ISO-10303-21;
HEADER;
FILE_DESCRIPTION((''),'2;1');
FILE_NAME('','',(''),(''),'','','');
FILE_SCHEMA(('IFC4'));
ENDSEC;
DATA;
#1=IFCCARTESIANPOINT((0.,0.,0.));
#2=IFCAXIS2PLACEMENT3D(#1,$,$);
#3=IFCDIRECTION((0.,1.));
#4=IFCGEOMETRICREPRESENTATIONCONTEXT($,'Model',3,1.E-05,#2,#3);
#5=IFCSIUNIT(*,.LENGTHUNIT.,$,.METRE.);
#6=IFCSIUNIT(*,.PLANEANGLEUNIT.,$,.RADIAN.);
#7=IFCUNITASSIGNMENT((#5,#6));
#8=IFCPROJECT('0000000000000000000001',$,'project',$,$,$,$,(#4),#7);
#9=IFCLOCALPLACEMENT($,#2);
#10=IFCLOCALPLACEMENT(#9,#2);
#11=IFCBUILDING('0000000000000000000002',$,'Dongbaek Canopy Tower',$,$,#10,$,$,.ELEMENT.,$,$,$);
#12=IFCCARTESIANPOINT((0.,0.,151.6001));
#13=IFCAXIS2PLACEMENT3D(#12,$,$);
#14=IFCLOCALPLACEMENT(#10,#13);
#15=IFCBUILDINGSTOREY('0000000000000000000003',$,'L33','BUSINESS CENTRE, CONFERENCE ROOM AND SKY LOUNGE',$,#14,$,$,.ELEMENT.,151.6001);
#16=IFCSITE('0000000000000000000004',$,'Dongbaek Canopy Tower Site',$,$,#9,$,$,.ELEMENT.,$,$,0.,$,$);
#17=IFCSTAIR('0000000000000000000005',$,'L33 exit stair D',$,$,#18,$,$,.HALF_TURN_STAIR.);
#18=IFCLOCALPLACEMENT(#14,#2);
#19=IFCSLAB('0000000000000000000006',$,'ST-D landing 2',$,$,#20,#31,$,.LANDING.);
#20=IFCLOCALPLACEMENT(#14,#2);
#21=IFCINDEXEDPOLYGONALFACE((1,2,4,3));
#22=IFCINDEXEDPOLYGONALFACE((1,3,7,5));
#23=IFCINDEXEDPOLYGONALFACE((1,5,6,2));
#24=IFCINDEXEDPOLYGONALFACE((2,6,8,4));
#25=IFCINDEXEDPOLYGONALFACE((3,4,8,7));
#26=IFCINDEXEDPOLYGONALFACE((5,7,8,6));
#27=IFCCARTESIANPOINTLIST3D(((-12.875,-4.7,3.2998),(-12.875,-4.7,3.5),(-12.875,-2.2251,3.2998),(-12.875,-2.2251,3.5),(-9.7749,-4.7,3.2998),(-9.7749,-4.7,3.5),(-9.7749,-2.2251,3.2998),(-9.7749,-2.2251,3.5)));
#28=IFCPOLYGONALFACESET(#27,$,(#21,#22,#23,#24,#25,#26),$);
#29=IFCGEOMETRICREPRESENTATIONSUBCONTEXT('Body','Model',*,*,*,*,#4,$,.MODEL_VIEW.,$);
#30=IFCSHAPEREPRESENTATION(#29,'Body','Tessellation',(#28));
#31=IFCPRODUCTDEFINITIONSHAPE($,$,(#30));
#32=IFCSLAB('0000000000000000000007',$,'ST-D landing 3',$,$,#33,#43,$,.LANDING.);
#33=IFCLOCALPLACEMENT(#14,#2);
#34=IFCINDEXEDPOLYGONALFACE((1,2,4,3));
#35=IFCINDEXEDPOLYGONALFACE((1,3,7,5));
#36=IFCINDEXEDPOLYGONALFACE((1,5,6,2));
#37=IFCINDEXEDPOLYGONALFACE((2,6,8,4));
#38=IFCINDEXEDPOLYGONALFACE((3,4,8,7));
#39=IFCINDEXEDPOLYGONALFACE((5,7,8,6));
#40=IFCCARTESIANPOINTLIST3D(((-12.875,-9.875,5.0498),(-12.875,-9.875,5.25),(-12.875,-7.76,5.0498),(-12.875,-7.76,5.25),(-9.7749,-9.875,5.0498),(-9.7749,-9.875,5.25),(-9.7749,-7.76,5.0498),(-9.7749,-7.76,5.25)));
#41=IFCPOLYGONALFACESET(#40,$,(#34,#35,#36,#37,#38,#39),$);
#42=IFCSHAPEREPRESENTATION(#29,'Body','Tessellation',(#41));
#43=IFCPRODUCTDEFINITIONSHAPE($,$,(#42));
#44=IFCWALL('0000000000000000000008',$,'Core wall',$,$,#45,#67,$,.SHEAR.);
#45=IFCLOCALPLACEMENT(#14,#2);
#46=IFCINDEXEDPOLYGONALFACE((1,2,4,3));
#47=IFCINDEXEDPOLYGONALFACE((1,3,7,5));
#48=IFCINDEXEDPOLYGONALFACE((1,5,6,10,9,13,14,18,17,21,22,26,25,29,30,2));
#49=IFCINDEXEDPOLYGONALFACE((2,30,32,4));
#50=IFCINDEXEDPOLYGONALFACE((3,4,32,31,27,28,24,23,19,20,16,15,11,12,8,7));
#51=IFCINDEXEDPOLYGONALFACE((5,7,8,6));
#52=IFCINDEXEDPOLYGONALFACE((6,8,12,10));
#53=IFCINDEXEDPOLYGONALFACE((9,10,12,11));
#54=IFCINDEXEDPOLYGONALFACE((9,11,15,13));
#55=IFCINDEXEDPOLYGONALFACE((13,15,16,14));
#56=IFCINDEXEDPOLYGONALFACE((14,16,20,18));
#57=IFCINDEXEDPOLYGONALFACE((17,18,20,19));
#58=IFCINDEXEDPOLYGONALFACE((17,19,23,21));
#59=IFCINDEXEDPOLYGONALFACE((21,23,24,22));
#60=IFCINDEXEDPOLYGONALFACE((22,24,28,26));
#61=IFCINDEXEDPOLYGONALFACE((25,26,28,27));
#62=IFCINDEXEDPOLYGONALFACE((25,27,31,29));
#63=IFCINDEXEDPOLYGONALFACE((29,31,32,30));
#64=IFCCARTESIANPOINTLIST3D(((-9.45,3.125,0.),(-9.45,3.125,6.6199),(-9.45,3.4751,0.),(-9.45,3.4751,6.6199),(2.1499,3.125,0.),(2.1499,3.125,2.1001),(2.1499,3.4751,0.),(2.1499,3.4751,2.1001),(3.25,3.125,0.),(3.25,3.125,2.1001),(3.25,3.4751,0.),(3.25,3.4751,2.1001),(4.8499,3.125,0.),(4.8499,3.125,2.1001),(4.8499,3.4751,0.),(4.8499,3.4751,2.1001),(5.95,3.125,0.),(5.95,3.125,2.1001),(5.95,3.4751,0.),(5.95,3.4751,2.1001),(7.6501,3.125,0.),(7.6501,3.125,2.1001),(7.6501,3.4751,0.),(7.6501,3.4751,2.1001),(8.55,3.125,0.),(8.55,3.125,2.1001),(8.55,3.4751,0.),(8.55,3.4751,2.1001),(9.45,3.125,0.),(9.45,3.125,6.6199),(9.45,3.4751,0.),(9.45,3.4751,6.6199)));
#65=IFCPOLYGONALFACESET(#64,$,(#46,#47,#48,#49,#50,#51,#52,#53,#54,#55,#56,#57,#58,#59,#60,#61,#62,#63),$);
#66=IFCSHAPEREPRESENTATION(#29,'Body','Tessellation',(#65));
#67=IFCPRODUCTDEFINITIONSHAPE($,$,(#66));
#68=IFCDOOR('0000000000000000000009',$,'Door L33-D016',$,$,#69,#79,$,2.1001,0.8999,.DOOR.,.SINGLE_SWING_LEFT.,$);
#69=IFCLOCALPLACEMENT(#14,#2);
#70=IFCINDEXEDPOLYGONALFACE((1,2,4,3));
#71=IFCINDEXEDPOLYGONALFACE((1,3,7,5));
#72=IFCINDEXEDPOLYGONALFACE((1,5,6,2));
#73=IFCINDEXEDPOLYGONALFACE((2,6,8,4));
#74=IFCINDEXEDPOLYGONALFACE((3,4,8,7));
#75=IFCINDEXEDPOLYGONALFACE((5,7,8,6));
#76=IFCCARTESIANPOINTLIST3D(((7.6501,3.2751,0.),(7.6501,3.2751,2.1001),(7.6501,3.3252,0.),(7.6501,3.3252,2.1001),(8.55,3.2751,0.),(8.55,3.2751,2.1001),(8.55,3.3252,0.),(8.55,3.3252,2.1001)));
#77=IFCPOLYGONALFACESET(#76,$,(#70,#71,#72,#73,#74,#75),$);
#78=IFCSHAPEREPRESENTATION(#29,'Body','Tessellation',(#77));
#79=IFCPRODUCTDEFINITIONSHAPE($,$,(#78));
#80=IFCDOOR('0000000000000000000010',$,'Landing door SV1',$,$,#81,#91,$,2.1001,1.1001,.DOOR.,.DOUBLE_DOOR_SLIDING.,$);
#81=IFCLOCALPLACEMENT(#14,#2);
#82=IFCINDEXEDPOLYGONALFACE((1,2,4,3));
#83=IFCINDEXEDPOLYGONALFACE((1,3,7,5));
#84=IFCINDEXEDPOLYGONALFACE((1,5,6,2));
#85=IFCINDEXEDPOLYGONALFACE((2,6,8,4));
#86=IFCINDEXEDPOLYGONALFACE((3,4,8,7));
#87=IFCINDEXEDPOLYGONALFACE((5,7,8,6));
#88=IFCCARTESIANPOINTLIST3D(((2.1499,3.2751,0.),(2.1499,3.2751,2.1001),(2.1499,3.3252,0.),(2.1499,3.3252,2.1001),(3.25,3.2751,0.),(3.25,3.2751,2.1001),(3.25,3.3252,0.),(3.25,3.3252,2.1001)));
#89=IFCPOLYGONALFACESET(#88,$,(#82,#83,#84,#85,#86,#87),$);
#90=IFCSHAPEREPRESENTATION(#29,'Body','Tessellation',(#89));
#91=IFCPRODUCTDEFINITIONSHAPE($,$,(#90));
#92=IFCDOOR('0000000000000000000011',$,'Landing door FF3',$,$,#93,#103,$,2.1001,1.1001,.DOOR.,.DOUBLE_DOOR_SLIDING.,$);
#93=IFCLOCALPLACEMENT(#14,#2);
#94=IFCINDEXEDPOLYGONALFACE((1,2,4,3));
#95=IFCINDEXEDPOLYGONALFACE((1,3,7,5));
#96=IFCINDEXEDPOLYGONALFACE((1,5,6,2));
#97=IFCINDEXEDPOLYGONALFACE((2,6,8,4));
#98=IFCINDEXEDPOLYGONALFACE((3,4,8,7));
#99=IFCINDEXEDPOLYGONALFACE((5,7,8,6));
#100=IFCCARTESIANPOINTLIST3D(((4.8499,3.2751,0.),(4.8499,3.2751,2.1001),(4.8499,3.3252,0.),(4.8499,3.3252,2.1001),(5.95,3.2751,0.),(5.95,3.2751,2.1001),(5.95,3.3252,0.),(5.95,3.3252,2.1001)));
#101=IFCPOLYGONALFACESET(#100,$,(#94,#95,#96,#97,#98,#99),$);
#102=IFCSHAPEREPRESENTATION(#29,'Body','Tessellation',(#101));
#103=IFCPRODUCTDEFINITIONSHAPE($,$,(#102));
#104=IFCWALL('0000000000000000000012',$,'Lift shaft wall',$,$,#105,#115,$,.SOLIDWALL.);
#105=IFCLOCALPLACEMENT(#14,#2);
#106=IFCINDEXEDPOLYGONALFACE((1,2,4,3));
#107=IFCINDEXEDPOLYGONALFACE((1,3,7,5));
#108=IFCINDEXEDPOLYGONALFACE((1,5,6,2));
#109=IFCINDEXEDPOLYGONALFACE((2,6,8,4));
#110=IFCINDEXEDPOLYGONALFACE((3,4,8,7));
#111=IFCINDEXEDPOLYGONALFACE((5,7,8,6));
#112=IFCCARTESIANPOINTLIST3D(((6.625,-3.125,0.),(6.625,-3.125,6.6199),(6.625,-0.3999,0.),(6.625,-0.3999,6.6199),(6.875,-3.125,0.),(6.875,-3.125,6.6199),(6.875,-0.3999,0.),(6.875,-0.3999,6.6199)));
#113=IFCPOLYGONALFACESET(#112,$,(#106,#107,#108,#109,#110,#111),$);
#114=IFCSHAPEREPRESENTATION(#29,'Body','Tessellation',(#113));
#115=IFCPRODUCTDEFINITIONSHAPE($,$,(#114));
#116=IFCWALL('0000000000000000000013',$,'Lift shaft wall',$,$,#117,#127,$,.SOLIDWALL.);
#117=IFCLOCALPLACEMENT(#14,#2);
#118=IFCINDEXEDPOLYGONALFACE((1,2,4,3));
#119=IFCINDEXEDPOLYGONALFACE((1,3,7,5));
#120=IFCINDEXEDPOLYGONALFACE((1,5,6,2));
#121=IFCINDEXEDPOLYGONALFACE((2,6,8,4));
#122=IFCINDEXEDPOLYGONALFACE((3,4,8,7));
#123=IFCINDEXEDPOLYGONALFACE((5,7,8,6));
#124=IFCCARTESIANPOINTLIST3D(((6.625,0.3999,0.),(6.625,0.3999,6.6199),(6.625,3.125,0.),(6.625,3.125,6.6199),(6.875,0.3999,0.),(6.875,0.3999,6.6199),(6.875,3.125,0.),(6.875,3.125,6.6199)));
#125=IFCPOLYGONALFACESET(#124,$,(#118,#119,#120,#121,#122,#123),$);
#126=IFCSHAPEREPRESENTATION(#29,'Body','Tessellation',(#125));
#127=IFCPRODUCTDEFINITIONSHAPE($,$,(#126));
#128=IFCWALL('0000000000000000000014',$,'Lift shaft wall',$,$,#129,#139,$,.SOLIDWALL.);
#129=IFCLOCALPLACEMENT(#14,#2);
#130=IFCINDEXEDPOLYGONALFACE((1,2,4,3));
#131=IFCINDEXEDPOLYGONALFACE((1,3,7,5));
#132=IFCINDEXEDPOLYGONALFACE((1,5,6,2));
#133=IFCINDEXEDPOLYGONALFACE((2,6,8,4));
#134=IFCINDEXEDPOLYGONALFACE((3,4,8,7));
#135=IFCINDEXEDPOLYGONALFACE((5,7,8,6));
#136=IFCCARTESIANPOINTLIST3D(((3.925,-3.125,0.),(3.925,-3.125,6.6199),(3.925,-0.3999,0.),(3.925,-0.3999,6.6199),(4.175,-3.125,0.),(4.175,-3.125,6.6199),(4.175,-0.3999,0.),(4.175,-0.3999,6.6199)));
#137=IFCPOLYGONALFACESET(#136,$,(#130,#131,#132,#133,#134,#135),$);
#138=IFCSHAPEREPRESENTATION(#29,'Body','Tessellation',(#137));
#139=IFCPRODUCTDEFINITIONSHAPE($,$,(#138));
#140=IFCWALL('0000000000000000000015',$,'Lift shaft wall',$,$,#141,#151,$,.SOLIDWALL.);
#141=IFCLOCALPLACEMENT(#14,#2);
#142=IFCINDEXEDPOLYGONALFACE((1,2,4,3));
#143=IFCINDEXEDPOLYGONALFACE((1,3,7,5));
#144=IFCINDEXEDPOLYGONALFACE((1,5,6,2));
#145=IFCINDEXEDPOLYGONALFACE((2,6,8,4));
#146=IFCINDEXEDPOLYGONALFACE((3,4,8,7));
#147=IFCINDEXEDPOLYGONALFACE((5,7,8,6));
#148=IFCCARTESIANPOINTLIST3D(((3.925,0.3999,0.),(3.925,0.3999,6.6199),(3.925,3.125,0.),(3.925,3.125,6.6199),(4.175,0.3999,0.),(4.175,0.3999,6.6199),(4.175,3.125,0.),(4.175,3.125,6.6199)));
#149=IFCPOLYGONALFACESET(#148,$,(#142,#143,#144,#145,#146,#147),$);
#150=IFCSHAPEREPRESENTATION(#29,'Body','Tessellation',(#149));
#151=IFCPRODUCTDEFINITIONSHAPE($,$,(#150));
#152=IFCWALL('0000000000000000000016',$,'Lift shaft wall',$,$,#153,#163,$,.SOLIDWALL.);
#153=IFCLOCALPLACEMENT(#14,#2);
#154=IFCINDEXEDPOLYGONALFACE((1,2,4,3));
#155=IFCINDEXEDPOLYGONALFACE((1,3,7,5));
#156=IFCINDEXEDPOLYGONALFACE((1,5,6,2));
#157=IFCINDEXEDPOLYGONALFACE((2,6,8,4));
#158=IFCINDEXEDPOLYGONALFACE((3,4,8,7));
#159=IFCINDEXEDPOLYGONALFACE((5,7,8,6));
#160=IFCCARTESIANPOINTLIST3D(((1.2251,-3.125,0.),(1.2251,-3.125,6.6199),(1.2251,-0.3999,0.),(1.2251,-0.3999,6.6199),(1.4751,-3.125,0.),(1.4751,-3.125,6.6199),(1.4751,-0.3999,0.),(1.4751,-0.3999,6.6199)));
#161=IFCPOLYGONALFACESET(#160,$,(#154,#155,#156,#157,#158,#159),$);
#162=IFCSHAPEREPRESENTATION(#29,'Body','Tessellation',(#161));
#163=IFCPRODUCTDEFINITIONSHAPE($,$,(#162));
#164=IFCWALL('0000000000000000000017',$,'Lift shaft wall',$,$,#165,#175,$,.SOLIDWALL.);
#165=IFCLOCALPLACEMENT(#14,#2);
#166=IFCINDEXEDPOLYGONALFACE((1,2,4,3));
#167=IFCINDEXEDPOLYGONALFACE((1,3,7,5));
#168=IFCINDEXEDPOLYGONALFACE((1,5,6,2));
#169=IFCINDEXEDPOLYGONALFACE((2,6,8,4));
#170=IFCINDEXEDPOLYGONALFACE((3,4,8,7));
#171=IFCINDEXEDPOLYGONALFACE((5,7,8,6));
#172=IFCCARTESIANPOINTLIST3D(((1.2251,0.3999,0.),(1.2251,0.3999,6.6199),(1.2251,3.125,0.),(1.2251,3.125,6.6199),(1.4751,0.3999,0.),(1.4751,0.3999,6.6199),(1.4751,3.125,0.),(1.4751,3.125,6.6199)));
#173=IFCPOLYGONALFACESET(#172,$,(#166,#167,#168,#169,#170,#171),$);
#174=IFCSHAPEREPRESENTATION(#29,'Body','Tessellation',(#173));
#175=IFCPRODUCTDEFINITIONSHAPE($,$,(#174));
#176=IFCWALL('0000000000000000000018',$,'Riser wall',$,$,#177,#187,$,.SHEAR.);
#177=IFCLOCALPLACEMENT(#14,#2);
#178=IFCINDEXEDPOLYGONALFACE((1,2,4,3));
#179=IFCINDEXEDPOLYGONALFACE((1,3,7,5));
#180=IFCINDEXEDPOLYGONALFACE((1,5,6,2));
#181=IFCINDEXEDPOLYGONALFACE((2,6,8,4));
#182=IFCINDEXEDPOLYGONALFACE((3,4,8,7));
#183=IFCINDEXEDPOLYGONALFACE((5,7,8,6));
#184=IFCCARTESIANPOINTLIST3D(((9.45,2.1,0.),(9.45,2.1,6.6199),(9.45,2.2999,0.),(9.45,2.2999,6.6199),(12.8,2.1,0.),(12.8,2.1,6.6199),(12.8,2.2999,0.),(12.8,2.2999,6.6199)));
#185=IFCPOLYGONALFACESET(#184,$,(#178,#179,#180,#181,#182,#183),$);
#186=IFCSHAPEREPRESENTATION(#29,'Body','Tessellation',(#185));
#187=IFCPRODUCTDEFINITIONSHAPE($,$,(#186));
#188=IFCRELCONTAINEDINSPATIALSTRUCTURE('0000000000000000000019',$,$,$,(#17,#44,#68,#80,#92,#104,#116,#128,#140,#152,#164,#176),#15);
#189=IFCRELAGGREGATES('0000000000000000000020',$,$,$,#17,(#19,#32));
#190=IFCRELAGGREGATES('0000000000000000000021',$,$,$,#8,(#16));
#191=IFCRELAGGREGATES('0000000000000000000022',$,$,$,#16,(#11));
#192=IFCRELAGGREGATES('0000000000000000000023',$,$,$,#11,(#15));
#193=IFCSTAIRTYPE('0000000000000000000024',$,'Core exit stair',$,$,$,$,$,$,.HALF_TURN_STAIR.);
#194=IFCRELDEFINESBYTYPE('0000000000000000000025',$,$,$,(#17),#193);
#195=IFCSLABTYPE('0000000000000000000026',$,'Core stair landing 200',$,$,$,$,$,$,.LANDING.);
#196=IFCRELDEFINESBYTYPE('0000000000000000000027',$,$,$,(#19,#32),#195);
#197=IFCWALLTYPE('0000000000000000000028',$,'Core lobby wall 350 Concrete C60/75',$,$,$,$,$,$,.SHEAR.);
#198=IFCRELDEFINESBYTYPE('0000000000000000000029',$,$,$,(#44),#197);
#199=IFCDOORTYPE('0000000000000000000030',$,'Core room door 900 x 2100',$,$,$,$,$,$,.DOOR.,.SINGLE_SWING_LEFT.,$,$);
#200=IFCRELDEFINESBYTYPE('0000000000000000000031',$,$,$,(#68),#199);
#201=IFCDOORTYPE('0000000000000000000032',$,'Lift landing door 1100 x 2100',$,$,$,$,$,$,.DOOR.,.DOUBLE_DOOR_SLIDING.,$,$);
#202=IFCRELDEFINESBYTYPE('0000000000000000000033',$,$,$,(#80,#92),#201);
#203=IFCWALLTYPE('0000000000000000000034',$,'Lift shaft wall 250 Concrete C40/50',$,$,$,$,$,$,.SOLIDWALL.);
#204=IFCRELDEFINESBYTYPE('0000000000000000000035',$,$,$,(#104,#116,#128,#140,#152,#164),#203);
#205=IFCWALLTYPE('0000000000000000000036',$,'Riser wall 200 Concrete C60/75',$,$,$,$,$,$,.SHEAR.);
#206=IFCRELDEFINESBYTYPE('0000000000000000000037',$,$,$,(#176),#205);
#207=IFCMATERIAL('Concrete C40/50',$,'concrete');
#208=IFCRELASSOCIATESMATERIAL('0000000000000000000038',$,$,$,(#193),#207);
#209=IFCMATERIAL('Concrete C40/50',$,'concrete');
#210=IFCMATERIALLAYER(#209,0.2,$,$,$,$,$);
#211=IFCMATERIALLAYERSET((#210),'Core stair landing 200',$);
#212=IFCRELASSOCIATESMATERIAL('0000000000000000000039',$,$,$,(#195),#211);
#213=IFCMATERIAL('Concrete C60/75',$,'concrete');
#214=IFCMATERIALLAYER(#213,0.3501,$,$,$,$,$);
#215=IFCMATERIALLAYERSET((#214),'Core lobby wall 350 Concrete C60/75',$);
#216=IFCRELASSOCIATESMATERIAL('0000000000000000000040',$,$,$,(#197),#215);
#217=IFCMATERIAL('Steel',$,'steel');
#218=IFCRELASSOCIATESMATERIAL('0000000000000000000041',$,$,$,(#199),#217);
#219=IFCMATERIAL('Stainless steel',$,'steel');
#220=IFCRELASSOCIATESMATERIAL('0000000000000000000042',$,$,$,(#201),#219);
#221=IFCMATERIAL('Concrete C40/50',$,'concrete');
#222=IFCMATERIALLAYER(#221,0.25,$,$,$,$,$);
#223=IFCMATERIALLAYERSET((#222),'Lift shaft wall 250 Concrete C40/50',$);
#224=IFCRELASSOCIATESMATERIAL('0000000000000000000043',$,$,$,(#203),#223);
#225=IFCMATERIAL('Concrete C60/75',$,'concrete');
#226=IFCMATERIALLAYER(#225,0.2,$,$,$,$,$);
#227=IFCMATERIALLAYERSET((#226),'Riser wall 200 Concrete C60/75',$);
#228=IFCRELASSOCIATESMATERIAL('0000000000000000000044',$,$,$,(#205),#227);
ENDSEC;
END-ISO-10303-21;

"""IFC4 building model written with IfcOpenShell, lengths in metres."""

from ifc_helpers import new_model, si_unit, direction, frame, frame_2d, origin, place, context, subcontext, project, spatial, polyline, rectangle, outline, extrude, material, layer, layer_set, type_object, element, fill, aggregate, save


model = new_model("IFC4")

# Units and contexts
model_context = context("Model", 3, precision=1e-05, world=origin(), true_north=direction((0.0, 1.0)))
body_context = subcontext(model_context, "Body", "Model", "MODEL_VIEW")
ifc_project = project(units=[si_unit("LENGTHUNIT", "METRE"), si_unit("PLANEANGLEUNIT", "RADIAN")], contexts=[model_context])

# Site, building, storey
site_placement = place(None, origin())
site = spatial("IfcSite", under=ifc_project, at=site_placement, Name="Dongbaek Canopy Tower Site", CompositionType="ELEMENT", RefElevation=0.0)
building_placement = place(site_placement, origin())
building = spatial("IfcBuilding", under=site, at=building_placement, Name="Dongbaek Canopy Tower", CompositionType="ELEMENT")
storey_placement = place(building_placement, frame((0.0, 0.0, 151.6001)))
storey = spatial("IfcBuildingStorey", under=building, at=storey_placement, Name="L33", Description="BUSINESS CENTRE, CONFERENCE ROOM AND SKY LOUNGE", CompositionType="ELEMENT", Elevation=151.6001)

# Stair, slabs
ifc_material_1 = material(Name="Concrete C40/50", Category="concrete")
stair_type = type_object("IfcStairType", Name="Core exit stair", PredefinedType="HALF_TURN_STAIR", material=ifc_material_1)
stair_placement = place(storey_placement, origin())
stair = element("IfcStair", 1, at=stair_placement, inside=storey, type_object=stair_type, Name="L33 exit stair D", PredefinedType="HALF_TURN_STAIR")
ifc_material_2 = material(Name="Concrete C40/50", Category="concrete")
ifc_layer_1 = layer(ifc_material_2, 0.2)
ifc_layer_set_1 = layer_set([ifc_layer_1], Name="Core stair landing 200")
slab_type = type_object("IfcSlabType", Name="Core stair landing 200", PredefinedType="LANDING", material=ifc_layer_set_1)
slab_1_placement = place(storey_placement, frame((0.0, 0.0, 3.2998)))
slab_1 = element("IfcSlab", 2, at=slab_1_placement, type_object=slab_type, Name="ST-D landing 2", PredefinedType="LANDING", context=body_context, shape_type="SweptSolid", body=[
    extrude(outline(polyline([(-12.875, -2.2251), (-12.875, -4.7), (-9.7749, -4.7), (-9.7749, -2.2251), (-12.875, -2.2251)])), origin(), (0.0, 0.0, 1.0), 0.2002),
])
slab_2_placement = place(storey_placement, frame((0.0, 0.0, 5.0498)))
slab_2 = element("IfcSlab", 3, at=slab_2_placement, type_object=slab_type, Name="ST-D landing 3", PredefinedType="LANDING", context=body_context, shape_type="SweptSolid", body=[
    extrude(outline(polyline([(-12.875, -7.76), (-12.875, -9.875), (-9.7749, -9.875), (-9.7749, -7.76), (-12.875, -7.76)])), origin(), (0.0, 0.0, 1.0), 0.2002),
])
aggregate(stair, [slab_1, slab_2])

# Wall, openings, doors
ifc_material_3 = material(Name="Concrete C60/75", Category="concrete")
ifc_layer_2 = layer(ifc_material_3, 0.3501)
ifc_layer_set_2 = layer_set([ifc_layer_2], Name="Core lobby wall 350 Concrete C60/75")
wall_type_1 = type_object("IfcWallType", Name="Core lobby wall 350 Concrete C60/75", PredefinedType="SHEAR", material=ifc_layer_set_2)
wall_1_placement = place(storey_placement, frame((9.45, 3.3, 0.0), z_axis=(0.0, 0.0, 1.0), x_axis=(-1.0, 0.0, 0.0)))
wall_1 = element("IfcWall", 4, at=wall_1_placement, inside=storey, type_object=wall_type_1, Name="Core wall", PredefinedType="SHEAR", context=body_context, shape_type="SweptSolid", body=[
    extrude(rectangle(XDim=18.8999, YDim=0.3501, at=frame_2d((9.45, 0.0))), origin(), (0.0, 0.0, 1.0), 6.6199),
])
opening_1_placement = place(wall_1_placement, frame((6.2, 0.0, 0.0)))
opening_1 = element("IfcOpeningElement", 5, at=opening_1_placement, cuts=wall_1, PredefinedType="OPENING", context=body_context, shape_type="SweptSolid", body=[
    extrude(rectangle(XDim=1.1001, YDim=2.1001, at=frame_2d((0.55, 1.05))), frame((0.0, 0.1851, 0.0), z_axis=(0.0, -1.0, 0.0), x_axis=(1.0, 0.0, 0.0)), (0.0, 0.0, 1.0), 0.3701),
])
opening_2_placement = place(wall_1_placement, frame((3.5, 0.0, 0.0)))
opening_2 = element("IfcOpeningElement", 6, at=opening_2_placement, cuts=wall_1, PredefinedType="OPENING", context=body_context, shape_type="SweptSolid", body=[
    extrude(rectangle(XDim=1.1001, YDim=2.1001, at=frame_2d((0.55, 1.05))), frame((0.0, 0.1851, 0.0), z_axis=(0.0, -1.0, 0.0), x_axis=(1.0, 0.0, 0.0)), (0.0, 0.0, 1.0), 0.3701),
])
opening_3_placement = place(wall_1_placement, frame((0.8999, 0.0, 0.0)))
opening_3 = element("IfcOpeningElement", 7, at=opening_3_placement, cuts=wall_1, PredefinedType="OPENING", context=body_context, shape_type="SweptSolid", body=[
    extrude(rectangle(XDim=0.8999, YDim=2.1001, at=frame_2d((0.45, 1.05))), frame((0.0, 0.1851, 0.0), z_axis=(0.0, -1.0, 0.0), x_axis=(1.0, 0.0, 0.0)), (0.0, 0.0, 1.0), 0.3701),
])
ifc_material_4 = material(Name="Steel", Category="steel")
door_type_1 = type_object("IfcDoorType", Name="Core room door 900 x 2100", OperationType="SINGLE_SWING_LEFT", PredefinedType="DOOR", material=ifc_material_4)
door_1_placement = place(opening_3_placement, origin())
door_1 = element("IfcDoor", 8, at=door_1_placement, inside=storey, type_object=door_type_1, Name="Door L33-D016", OperationType="SINGLE_SWING_LEFT", OverallHeight=2.1001, OverallWidth=0.8999, PredefinedType="DOOR", context=body_context, shape_type="SweptSolid", body=[
    extrude(rectangle(XDim=0.8999, YDim=2.1001, at=frame_2d((0.45, 1.05))), frame((0.0, 0.0249, 0.0), z_axis=(0.0, -1.0, 0.0), x_axis=(1.0, 0.0, 0.0)), (0.0, 0.0, 1.0), 0.05),
])
fill(opening_3, door_1)
ifc_material_5 = material(Name="Stainless steel", Category="steel")
door_type_2 = type_object("IfcDoorType", Name="Lift landing door 1100 x 2100", OperationType="DOUBLE_DOOR_SLIDING", PredefinedType="DOOR", material=ifc_material_5)
door_2_placement = place(opening_1_placement, origin())
door_2 = element("IfcDoor", 9, at=door_2_placement, inside=storey, type_object=door_type_2, Name="Landing door SV1", OperationType="DOUBLE_DOOR_SLIDING", OverallHeight=2.1001, OverallWidth=1.1001, PredefinedType="DOOR", context=body_context, shape_type="SweptSolid", body=[
    extrude(rectangle(XDim=1.1001, YDim=2.1001, at=frame_2d((0.55, 1.05))), frame((0.0, 0.0249, 0.0), z_axis=(0.0, -1.0, 0.0), x_axis=(1.0, 0.0, 0.0)), (0.0, 0.0, 1.0), 0.05),
])
fill(opening_1, door_2)
door_3_placement = place(opening_2_placement, origin())
door_3 = element("IfcDoor", 10, at=door_3_placement, inside=storey, type_object=door_type_2, Name="Landing door FF3", OperationType="DOUBLE_DOOR_SLIDING", OverallHeight=2.1001, OverallWidth=1.1001, PredefinedType="DOOR", context=body_context, shape_type="SweptSolid", body=[
    extrude(rectangle(XDim=1.1001, YDim=2.1001, at=frame_2d((0.55, 1.05))), frame((0.0, 0.0249, 0.0), z_axis=(0.0, -1.0, 0.0), x_axis=(1.0, 0.0, 0.0)), (0.0, 0.0, 1.0), 0.05),
])
fill(opening_2, door_3)

# Walls
ifc_material_6 = material(Name="Concrete C40/50", Category="concrete")
ifc_layer_3 = layer(ifc_material_6, 0.25)
ifc_layer_set_3 = layer_set([ifc_layer_3], Name="Lift shaft wall 250 Concrete C40/50")
wall_type_2 = type_object("IfcWallType", Name="Lift shaft wall 250 Concrete C40/50", PredefinedType="SOLIDWALL", material=ifc_layer_set_3)
for number, where, z_axis, x_axis, name in (
    (11, (6.75, -3.125, 0.0), (0.0, 0.0, 1.0), (0.0, 1.0, 0.0), "Lift shaft wall"),
    (12, (6.75, 0.3999, 0.0), (0.0, 0.0, 1.0), (0.0, 1.0, 0.0), "Lift shaft wall"),
    (13, (4.05, -3.125, 0.0), (0.0, 0.0, 1.0), (0.0, 1.0, 0.0), "Lift shaft wall"),
    (14, (4.05, 0.3999, 0.0), (0.0, 0.0, 1.0), (0.0, 1.0, 0.0), "Lift shaft wall"),
    (15, (1.3501, -3.125, 0.0), (0.0, 0.0, 1.0), (0.0, 1.0, 0.0), "Lift shaft wall"),
    (16, (1.3501, 0.3999, 0.0), (0.0, 0.0, 1.0), (0.0, 1.0, 0.0), "Lift shaft wall"),
):
    element("IfcWall", number, at=place(storey_placement, frame(where, z_axis=z_axis, x_axis=x_axis)), inside=storey, type_object=wall_type_2, Name=name, PredefinedType="SOLIDWALL", context=body_context, shape_type="SweptSolid", body=[
        extrude(rectangle(XDim=2.7251, YDim=0.25, at=frame_2d((1.3625, 0.0))), origin(), (0.0, 0.0, 1.0), 6.6199),
    ])
ifc_material_7 = material(Name="Concrete C60/75", Category="concrete")
ifc_layer_4 = layer(ifc_material_7, 0.2)
ifc_layer_set_4 = layer_set([ifc_layer_4], Name="Riser wall 200 Concrete C60/75")
wall_type_3 = type_object("IfcWallType", Name="Riser wall 200 Concrete C60/75", PredefinedType="SHEAR", material=ifc_layer_set_4)
for number, where, z_axis, x_axis, name in (
    (17, (9.45, 2.2, 0.0), (0.0, 0.0, 1.0), (1.0, 0.0, 0.0), "Riser wall"),
):
    element("IfcWall", number, at=place(storey_placement, frame(where, z_axis=z_axis, x_axis=x_axis)), inside=storey, type_object=wall_type_3, Name=name, PredefinedType="SHEAR", context=body_context, shape_type="SweptSolid", body=[
        extrude(rectangle(XDim=3.3501, YDim=0.2, at=frame_2d((1.675, 0.0))), origin(), (0.0, 0.0, 1.0), 6.6199),
    ])

save(model, "model.ifc")
